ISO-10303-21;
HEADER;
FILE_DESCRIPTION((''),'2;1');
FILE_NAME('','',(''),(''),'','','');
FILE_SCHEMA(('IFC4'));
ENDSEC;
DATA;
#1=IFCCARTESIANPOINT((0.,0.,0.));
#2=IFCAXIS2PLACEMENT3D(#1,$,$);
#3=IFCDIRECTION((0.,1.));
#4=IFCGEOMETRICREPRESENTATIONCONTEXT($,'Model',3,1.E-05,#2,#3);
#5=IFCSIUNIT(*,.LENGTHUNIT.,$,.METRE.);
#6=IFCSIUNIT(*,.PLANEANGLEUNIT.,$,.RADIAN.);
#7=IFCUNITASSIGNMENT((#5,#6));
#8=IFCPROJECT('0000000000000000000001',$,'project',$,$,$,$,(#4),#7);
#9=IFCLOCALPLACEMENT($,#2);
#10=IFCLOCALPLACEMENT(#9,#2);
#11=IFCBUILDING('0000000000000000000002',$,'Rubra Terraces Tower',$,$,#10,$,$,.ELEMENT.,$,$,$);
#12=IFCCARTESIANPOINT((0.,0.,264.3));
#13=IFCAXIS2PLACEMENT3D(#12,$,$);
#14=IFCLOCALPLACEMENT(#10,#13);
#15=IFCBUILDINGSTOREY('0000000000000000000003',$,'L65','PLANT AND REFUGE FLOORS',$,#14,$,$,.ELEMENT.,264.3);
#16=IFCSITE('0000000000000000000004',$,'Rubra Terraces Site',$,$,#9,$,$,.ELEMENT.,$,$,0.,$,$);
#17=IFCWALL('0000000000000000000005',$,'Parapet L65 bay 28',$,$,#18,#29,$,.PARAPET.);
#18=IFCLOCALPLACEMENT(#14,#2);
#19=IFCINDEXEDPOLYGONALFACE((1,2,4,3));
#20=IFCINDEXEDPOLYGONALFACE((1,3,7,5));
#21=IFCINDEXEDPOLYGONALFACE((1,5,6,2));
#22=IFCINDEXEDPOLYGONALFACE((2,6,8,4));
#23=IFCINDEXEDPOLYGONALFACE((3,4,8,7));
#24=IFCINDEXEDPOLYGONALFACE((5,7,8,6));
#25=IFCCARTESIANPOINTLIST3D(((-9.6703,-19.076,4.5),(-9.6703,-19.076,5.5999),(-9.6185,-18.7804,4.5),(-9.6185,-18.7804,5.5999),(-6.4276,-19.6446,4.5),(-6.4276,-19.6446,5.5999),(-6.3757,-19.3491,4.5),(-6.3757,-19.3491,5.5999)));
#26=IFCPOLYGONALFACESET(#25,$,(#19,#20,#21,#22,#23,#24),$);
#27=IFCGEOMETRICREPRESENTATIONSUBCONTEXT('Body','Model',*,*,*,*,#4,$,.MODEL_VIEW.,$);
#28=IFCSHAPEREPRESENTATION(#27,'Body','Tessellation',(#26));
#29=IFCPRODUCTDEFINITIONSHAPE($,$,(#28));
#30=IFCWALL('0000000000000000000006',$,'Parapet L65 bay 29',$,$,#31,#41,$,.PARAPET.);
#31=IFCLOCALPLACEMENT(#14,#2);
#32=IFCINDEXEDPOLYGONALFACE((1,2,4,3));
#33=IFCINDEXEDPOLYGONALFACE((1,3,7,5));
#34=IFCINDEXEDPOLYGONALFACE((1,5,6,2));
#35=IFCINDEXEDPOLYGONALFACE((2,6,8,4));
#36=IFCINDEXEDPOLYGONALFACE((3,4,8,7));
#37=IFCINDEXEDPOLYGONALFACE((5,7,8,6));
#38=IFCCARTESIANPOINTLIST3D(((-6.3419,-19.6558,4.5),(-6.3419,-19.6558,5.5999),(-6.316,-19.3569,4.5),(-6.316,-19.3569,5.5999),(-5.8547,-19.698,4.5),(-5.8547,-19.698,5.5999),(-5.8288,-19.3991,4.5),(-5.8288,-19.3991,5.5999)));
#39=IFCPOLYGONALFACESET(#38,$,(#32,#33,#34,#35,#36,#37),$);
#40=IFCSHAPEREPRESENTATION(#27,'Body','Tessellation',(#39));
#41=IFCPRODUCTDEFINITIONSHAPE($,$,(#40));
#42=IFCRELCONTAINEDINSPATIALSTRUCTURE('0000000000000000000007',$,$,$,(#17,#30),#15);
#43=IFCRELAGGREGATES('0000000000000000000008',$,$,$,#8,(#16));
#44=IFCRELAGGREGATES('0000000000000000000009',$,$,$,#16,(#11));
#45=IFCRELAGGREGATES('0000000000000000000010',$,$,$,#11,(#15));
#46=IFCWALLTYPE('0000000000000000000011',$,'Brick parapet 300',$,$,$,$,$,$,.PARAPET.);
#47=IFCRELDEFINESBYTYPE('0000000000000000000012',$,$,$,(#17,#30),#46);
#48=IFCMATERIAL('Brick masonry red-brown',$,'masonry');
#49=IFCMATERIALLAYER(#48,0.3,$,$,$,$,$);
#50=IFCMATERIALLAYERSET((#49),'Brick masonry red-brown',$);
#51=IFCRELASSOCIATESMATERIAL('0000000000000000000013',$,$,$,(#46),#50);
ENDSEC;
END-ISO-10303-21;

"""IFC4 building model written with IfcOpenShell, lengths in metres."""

from ifc_helpers import new_model, si_unit, direction, frame, frame_2d, origin, place, context, subcontext, project, spatial, rectangle, extrude, material, layer, layer_set, type_object, element, save


model = new_model("IFC4")

# Units and contexts
model_context = context("Model", 3, precision=1e-05, world=origin(), true_north=direction((0.0, 1.0)))
body_context = subcontext(model_context, "Body", "Model", "MODEL_VIEW")
ifc_project = project(units=[si_unit("LENGTHUNIT", "METRE"), si_unit("PLANEANGLEUNIT", "RADIAN")], contexts=[model_context])

# Site, building, storey
site_placement = place(None, origin())
site = spatial("IfcSite", under=ifc_project, at=site_placement, Name="Rubra Terraces Site", CompositionType="ELEMENT", RefElevation=0.0)
building_placement = place(site_placement, origin())
building = spatial("IfcBuilding", under=site, at=building_placement, Name="Rubra Terraces Tower", CompositionType="ELEMENT")
storey_placement = place(building_placement, frame((0.0, 0.0, 264.3)))
storey = spatial("IfcBuildingStorey", under=building, at=storey_placement, Name="L65", Description="PLANT AND REFUGE FLOORS", CompositionType="ELEMENT", Elevation=264.3)

# Shared definitions
ifc_material_1 = material(Name="Brick masonry red-brown", Category="masonry")

# Walls
ifc_layer_1 = layer(ifc_material_1, 0.3)
ifc_layer_set_1 = layer_set([ifc_layer_1], Name="Brick masonry red-brown")
wall_type_1 = type_object("IfcWallType", Name="Brick parapet 300", PredefinedType="PARAPET", material=ifc_layer_set_1)
wall_1_placement = place(storey_placement, frame((-9.6443, -18.9282, 4.5), z_axis=(0.0, 0.0, 1.0), x_axis=(0.984972, -0.172715, 0.0)))
element("IfcWall", 1, at=wall_1_placement, inside=storey, type_object=wall_type_1, Name="Parapet L65 bay 28", PredefinedType="PARAPET", context=body_context, shape_type="SweptSolid", body=[
    extrude(rectangle(XDim=3.2922, YDim=0.3, at=frame_2d((1.646, 0.0))), origin(), (0.0, 0.0, 1.0), 1.0999),
])
wall_2_placement = place(storey_placement, frame((-6.3291, -19.5063, 4.5), z_axis=(0.0, 0.0, 1.0), x_axis=(0.996265, -0.08635, 0.0)))
element("IfcWall", 2, at=wall_2_placement, inside=storey, type_object=wall_type_1, Name="Parapet L65 bay 29", PredefinedType="PARAPET", context=body_context, shape_type="SweptSolid", body=[
    extrude(rectangle(XDim=0.489, YDim=0.3, at=frame_2d((0.2446, 0.0))), origin(), (0.0, 0.0, 1.0), 1.0999),
])

save(model, "model.ifc")
